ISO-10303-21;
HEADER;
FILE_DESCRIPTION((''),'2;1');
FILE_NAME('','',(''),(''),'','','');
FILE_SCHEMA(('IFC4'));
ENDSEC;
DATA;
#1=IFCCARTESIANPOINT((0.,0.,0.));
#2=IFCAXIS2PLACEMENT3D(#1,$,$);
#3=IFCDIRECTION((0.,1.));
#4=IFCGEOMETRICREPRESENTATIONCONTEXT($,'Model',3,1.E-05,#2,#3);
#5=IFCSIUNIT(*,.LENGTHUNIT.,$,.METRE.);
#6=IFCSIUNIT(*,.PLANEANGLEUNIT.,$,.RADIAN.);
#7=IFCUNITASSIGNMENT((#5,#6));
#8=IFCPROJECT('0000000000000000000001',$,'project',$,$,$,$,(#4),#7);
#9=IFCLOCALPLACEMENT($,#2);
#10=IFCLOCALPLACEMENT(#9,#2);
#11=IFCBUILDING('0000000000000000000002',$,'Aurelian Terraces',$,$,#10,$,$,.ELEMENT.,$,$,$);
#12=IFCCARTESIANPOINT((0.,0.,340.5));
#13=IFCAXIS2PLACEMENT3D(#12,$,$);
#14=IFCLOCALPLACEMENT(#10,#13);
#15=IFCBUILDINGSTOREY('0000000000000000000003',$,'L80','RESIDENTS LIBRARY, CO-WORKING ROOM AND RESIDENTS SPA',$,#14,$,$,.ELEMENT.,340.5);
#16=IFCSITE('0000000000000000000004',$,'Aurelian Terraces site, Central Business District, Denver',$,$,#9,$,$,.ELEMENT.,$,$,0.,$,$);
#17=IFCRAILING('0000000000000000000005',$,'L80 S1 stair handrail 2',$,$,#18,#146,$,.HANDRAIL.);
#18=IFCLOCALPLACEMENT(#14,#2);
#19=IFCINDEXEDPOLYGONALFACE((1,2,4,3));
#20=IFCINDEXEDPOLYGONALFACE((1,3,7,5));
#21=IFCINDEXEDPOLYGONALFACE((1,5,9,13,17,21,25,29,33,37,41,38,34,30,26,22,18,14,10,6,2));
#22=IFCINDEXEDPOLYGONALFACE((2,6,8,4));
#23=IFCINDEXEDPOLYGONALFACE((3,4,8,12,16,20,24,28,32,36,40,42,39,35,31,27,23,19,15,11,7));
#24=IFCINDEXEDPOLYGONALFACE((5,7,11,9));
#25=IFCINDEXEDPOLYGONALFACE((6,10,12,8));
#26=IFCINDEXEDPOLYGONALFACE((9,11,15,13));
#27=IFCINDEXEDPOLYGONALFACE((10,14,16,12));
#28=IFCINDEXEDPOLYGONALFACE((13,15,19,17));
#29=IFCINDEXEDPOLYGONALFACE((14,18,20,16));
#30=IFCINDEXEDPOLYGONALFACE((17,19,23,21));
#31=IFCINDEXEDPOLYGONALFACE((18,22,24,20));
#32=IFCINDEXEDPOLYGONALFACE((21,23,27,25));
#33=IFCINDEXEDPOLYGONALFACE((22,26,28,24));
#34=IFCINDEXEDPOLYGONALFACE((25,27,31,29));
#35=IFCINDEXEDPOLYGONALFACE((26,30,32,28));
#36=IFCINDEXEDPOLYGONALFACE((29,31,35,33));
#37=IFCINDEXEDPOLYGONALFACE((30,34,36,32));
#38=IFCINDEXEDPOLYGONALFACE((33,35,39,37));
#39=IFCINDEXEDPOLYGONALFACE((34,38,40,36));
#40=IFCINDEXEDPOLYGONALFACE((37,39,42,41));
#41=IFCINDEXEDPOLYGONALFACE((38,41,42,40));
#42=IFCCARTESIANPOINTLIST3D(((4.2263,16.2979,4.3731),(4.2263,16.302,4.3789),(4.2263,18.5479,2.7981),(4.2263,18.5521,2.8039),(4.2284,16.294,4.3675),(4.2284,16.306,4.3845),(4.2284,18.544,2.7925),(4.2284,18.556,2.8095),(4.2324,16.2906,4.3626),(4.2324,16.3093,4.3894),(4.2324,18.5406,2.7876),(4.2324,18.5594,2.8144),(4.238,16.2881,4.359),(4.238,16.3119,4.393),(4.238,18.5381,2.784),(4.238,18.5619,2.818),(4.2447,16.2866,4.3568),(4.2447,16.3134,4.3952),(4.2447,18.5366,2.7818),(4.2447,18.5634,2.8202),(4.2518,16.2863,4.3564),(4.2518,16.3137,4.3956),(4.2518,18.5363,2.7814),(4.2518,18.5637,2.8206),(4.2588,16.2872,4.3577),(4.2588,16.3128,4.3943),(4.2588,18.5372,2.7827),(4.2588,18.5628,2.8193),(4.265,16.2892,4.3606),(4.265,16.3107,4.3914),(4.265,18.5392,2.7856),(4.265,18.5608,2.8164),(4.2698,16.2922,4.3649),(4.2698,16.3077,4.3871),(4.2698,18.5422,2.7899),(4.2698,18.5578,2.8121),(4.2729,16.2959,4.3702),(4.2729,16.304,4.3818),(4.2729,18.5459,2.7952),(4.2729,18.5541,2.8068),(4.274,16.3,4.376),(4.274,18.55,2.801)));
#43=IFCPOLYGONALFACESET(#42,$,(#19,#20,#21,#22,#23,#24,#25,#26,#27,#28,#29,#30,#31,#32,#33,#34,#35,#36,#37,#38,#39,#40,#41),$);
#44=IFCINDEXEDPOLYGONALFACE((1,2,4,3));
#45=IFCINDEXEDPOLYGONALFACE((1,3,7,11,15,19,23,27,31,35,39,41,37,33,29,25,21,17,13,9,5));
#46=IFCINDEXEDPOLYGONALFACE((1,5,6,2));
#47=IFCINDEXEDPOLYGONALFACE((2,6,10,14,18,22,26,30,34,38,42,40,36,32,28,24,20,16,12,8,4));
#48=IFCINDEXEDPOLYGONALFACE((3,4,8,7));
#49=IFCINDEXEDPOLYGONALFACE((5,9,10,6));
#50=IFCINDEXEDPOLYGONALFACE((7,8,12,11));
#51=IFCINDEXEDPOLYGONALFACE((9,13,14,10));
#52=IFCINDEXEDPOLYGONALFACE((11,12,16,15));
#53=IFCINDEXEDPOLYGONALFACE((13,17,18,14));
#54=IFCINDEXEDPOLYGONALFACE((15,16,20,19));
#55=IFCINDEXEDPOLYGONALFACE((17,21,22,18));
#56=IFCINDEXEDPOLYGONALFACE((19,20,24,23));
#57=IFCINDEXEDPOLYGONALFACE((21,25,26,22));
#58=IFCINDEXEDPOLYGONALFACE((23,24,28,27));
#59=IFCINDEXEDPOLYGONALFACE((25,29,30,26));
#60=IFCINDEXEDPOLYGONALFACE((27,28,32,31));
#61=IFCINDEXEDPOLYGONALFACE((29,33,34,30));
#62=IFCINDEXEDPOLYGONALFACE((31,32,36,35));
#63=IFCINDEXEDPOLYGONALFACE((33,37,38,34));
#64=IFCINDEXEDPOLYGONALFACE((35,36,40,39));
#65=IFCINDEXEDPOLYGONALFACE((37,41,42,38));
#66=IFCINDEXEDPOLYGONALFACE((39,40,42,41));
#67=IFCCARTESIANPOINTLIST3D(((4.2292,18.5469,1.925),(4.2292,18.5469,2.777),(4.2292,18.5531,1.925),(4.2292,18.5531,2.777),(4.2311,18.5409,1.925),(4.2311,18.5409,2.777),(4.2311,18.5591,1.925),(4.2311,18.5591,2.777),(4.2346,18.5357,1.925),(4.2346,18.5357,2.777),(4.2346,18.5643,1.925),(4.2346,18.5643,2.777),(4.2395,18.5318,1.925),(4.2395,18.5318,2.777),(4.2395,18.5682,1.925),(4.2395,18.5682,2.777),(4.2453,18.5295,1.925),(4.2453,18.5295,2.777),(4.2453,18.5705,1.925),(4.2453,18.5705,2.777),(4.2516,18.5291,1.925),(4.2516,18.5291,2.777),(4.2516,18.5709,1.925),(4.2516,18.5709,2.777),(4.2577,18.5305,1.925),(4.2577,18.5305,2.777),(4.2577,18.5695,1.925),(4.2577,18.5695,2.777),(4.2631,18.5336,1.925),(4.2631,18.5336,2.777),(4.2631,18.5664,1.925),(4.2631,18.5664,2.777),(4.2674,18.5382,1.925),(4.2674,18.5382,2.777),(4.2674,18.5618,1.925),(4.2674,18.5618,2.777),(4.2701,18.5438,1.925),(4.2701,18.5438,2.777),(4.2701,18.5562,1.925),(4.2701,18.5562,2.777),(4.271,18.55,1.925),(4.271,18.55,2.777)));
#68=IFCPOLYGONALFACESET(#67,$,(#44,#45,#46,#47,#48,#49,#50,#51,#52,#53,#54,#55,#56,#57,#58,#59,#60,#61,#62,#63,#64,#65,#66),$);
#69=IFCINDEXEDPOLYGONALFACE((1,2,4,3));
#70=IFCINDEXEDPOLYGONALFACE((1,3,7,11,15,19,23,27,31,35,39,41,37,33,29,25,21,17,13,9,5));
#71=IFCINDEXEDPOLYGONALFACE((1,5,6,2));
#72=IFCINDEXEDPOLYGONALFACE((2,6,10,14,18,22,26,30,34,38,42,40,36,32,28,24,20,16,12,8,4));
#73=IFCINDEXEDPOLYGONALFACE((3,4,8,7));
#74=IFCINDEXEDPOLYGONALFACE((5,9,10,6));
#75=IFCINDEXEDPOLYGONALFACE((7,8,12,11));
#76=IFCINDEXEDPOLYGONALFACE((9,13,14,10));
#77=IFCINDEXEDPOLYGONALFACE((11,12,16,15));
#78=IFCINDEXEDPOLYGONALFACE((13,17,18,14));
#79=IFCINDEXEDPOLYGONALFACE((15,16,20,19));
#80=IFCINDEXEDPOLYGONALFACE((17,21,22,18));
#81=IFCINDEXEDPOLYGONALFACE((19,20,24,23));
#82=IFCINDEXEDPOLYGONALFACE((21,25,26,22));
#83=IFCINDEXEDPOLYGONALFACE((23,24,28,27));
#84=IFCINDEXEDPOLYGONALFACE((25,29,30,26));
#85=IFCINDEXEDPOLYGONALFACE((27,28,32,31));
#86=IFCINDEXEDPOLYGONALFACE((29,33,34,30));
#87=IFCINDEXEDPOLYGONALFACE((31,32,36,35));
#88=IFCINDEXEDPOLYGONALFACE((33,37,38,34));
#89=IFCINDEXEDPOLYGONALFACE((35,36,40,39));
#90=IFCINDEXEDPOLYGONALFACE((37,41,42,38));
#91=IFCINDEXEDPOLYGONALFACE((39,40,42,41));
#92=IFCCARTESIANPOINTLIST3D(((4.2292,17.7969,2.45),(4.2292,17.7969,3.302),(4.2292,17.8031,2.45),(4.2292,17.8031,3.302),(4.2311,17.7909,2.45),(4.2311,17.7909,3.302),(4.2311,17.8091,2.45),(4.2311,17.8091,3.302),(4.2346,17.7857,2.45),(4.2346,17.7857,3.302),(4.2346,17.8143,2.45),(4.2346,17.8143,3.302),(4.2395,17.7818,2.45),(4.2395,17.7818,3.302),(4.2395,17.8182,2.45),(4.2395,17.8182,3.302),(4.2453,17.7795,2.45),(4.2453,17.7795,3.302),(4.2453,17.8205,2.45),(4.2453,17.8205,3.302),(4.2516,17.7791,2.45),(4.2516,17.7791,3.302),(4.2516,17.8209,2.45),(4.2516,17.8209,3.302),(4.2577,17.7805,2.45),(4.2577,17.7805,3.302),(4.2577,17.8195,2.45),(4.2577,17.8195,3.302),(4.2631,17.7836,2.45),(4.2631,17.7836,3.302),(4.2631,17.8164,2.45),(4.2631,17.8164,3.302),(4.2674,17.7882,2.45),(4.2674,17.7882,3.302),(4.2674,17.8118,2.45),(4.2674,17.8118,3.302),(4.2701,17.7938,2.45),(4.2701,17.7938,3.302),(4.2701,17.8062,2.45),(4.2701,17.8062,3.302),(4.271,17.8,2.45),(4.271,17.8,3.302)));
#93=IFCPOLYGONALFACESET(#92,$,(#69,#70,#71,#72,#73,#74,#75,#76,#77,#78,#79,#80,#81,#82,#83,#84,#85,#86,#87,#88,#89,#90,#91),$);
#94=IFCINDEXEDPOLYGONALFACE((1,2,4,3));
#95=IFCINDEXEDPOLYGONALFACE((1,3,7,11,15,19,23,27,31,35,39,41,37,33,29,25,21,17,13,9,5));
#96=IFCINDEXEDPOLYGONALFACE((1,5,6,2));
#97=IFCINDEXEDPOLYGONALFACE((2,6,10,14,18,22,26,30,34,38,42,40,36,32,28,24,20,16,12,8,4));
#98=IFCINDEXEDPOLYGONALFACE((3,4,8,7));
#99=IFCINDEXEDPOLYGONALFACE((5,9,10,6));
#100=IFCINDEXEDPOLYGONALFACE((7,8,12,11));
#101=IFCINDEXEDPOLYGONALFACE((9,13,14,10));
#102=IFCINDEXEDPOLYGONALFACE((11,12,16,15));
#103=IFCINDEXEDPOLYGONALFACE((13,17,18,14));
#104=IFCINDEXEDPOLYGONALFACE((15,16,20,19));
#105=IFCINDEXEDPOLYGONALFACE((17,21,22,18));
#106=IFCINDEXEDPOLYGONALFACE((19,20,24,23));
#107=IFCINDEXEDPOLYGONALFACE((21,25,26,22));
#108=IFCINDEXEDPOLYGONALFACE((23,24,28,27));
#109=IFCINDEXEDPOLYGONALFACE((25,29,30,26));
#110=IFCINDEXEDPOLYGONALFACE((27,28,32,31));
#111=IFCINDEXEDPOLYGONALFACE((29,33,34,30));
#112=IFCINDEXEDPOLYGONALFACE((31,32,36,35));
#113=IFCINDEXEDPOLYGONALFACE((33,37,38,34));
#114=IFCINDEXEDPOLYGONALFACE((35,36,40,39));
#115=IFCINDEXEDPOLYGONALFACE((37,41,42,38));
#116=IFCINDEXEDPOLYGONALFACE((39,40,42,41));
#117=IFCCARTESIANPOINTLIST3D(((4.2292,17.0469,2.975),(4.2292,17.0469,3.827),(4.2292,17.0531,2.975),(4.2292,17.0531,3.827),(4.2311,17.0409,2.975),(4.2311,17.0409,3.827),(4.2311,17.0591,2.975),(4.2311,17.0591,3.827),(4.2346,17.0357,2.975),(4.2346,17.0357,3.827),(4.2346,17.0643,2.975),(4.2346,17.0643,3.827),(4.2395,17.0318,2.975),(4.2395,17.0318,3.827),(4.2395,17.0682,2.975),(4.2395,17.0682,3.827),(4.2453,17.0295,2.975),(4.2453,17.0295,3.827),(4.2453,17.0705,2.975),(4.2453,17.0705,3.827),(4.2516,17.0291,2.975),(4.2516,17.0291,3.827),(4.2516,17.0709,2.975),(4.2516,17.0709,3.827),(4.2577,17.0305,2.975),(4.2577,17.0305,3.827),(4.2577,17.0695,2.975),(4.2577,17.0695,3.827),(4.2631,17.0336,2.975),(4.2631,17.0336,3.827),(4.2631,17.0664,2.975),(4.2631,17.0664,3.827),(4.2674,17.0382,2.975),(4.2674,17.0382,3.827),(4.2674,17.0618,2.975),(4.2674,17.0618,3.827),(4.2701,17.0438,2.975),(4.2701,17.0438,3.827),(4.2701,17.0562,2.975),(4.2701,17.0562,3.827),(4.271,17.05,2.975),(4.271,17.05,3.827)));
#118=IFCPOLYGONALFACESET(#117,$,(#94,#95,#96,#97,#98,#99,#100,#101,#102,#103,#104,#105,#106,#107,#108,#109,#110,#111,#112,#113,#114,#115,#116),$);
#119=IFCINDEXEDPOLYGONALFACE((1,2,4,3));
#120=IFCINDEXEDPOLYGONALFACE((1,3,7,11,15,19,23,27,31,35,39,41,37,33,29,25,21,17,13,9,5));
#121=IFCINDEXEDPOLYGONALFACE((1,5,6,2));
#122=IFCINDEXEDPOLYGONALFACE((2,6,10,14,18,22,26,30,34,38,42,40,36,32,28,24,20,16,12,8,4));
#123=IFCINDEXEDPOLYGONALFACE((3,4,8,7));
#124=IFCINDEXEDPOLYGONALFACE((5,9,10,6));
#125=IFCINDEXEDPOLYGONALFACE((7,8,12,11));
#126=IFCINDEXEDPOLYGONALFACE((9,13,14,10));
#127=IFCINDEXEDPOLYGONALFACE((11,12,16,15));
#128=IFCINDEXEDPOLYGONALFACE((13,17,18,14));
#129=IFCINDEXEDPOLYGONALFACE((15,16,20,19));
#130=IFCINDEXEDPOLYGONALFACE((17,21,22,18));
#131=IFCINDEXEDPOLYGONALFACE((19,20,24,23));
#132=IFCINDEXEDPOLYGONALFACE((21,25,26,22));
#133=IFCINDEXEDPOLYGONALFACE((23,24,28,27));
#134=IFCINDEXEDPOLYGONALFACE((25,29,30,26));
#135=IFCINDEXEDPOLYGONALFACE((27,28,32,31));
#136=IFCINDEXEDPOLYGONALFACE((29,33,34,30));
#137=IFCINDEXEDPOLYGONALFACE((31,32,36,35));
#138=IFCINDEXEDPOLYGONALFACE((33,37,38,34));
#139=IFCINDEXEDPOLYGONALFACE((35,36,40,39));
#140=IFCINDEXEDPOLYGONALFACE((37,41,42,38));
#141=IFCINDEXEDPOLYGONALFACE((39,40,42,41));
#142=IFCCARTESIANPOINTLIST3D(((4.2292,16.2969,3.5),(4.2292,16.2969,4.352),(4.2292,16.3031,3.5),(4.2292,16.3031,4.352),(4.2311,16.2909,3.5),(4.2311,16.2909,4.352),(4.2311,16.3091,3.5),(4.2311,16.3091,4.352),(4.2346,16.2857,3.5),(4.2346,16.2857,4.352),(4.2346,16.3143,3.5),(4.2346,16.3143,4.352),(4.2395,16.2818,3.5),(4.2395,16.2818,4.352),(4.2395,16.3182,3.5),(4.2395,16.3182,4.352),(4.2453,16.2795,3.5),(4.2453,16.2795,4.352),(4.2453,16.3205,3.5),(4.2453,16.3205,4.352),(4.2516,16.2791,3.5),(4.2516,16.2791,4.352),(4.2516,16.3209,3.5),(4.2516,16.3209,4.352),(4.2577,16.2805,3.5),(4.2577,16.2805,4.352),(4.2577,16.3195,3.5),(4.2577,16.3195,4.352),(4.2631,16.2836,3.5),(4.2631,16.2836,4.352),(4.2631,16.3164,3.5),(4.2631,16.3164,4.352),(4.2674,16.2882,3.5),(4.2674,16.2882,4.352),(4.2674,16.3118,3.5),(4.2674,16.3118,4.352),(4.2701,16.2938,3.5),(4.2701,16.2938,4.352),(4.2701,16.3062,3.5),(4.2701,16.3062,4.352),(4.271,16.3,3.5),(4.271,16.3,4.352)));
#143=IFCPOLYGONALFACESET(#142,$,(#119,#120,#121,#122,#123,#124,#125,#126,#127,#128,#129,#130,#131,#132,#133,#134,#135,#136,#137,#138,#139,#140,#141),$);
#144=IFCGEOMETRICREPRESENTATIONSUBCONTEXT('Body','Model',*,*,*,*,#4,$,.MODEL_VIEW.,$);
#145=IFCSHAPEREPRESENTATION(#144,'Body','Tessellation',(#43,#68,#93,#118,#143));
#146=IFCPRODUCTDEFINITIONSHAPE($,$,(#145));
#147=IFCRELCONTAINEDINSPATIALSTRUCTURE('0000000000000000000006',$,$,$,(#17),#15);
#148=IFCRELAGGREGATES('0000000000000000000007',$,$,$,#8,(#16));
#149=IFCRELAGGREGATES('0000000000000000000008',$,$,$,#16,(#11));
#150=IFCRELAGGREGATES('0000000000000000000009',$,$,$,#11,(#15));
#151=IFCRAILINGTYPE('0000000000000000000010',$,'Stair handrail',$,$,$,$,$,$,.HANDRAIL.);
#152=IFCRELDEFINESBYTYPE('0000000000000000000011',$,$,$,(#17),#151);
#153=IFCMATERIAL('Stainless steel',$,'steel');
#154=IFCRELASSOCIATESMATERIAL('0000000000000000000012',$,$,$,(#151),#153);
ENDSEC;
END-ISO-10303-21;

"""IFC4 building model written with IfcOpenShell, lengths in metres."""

from ifc_helpers import new_model, si_unit, direction, frame, origin, origin_2d, place, context, subcontext, project, spatial, circle, extrude, source, transform, mapped, material, type_object, element, save


model = new_model("IFC4")

# Units and contexts
model_context = context("Model", 3, precision=1e-05, world=origin(), true_north=direction((0.0, 1.0)))
body_context = subcontext(model_context, "Body", "Model", "MODEL_VIEW")
ifc_project = project(units=[si_unit("LENGTHUNIT", "METRE"), si_unit("PLANEANGLEUNIT", "RADIAN")], contexts=[model_context])

# Site, building, storey
site_placement = place(None, origin())
site = spatial("IfcSite", under=ifc_project, at=site_placement, Name="Aurelian Terraces site, Central Business District, Denver", CompositionType="ELEMENT", RefElevation=0.0)
building_placement = place(site_placement, origin())
building = spatial("IfcBuilding", under=site, at=building_placement, Name="Aurelian Terraces", CompositionType="ELEMENT")
storey_placement = place(building_placement, frame((0.0, 0.0, 340.5)))
storey = spatial("IfcBuildingStorey", under=building, at=storey_placement, Name="L80", Description="RESIDENTS LIBRARY, CO-WORKING ROOM AND RESIDENTS SPA", CompositionType="ELEMENT", Elevation=340.5)

# Railing
ifc_material_1 = material(Name="Stainless steel", Category="steel")
railing_type_1 = type_object("IfcRailingType", Name="Stair handrail", PredefinedType="HANDRAIL", material=ifc_material_1)
shared_shape_1 = source(origin(), body_context, "Body", "SweptSolid", [
    extrude(circle(Radius=0.024, at=origin_2d()), frame((0.0, 0.0, 0.876), z_axis=(0.0, -0.819232, 0.573462), x_axis=(1.0, 0.0, 0.0)), (0.0, 0.0, 1.0), 2.7465),
    extrude(circle(Radius=0.021, at=origin_2d()), origin(), (0.0, 0.0, 1.0), 0.852),
    extrude(circle(Radius=0.021, at=origin_2d()), frame((0.0, -0.75, 0.525)), (0.0, 0.0, 1.0), 0.852),
    extrude(circle(Radius=0.021, at=origin_2d()), frame((0.0, -1.5, 1.05)), (0.0, 0.0, 1.0), 0.852),
    extrude(circle(Radius=0.021, at=origin_2d()), frame((0.0, -2.25, 1.575)), (0.0, 0.0, 1.0), 0.852),
])
railing_1_placement = place(storey_placement, frame((4.25, 18.55, 1.925)))
element("IfcRailing", 1, at=railing_1_placement, inside=storey, type_object=railing_type_1, Name="L80 S1 stair handrail 2", PredefinedType="HANDRAIL", context=body_context, shape_type="MappedRepresentation", body=[
    mapped(shared_shape_1, transform((0.0, 0.0, 0.0), scale=1.0)),
])

save(model, "model.ifc")
